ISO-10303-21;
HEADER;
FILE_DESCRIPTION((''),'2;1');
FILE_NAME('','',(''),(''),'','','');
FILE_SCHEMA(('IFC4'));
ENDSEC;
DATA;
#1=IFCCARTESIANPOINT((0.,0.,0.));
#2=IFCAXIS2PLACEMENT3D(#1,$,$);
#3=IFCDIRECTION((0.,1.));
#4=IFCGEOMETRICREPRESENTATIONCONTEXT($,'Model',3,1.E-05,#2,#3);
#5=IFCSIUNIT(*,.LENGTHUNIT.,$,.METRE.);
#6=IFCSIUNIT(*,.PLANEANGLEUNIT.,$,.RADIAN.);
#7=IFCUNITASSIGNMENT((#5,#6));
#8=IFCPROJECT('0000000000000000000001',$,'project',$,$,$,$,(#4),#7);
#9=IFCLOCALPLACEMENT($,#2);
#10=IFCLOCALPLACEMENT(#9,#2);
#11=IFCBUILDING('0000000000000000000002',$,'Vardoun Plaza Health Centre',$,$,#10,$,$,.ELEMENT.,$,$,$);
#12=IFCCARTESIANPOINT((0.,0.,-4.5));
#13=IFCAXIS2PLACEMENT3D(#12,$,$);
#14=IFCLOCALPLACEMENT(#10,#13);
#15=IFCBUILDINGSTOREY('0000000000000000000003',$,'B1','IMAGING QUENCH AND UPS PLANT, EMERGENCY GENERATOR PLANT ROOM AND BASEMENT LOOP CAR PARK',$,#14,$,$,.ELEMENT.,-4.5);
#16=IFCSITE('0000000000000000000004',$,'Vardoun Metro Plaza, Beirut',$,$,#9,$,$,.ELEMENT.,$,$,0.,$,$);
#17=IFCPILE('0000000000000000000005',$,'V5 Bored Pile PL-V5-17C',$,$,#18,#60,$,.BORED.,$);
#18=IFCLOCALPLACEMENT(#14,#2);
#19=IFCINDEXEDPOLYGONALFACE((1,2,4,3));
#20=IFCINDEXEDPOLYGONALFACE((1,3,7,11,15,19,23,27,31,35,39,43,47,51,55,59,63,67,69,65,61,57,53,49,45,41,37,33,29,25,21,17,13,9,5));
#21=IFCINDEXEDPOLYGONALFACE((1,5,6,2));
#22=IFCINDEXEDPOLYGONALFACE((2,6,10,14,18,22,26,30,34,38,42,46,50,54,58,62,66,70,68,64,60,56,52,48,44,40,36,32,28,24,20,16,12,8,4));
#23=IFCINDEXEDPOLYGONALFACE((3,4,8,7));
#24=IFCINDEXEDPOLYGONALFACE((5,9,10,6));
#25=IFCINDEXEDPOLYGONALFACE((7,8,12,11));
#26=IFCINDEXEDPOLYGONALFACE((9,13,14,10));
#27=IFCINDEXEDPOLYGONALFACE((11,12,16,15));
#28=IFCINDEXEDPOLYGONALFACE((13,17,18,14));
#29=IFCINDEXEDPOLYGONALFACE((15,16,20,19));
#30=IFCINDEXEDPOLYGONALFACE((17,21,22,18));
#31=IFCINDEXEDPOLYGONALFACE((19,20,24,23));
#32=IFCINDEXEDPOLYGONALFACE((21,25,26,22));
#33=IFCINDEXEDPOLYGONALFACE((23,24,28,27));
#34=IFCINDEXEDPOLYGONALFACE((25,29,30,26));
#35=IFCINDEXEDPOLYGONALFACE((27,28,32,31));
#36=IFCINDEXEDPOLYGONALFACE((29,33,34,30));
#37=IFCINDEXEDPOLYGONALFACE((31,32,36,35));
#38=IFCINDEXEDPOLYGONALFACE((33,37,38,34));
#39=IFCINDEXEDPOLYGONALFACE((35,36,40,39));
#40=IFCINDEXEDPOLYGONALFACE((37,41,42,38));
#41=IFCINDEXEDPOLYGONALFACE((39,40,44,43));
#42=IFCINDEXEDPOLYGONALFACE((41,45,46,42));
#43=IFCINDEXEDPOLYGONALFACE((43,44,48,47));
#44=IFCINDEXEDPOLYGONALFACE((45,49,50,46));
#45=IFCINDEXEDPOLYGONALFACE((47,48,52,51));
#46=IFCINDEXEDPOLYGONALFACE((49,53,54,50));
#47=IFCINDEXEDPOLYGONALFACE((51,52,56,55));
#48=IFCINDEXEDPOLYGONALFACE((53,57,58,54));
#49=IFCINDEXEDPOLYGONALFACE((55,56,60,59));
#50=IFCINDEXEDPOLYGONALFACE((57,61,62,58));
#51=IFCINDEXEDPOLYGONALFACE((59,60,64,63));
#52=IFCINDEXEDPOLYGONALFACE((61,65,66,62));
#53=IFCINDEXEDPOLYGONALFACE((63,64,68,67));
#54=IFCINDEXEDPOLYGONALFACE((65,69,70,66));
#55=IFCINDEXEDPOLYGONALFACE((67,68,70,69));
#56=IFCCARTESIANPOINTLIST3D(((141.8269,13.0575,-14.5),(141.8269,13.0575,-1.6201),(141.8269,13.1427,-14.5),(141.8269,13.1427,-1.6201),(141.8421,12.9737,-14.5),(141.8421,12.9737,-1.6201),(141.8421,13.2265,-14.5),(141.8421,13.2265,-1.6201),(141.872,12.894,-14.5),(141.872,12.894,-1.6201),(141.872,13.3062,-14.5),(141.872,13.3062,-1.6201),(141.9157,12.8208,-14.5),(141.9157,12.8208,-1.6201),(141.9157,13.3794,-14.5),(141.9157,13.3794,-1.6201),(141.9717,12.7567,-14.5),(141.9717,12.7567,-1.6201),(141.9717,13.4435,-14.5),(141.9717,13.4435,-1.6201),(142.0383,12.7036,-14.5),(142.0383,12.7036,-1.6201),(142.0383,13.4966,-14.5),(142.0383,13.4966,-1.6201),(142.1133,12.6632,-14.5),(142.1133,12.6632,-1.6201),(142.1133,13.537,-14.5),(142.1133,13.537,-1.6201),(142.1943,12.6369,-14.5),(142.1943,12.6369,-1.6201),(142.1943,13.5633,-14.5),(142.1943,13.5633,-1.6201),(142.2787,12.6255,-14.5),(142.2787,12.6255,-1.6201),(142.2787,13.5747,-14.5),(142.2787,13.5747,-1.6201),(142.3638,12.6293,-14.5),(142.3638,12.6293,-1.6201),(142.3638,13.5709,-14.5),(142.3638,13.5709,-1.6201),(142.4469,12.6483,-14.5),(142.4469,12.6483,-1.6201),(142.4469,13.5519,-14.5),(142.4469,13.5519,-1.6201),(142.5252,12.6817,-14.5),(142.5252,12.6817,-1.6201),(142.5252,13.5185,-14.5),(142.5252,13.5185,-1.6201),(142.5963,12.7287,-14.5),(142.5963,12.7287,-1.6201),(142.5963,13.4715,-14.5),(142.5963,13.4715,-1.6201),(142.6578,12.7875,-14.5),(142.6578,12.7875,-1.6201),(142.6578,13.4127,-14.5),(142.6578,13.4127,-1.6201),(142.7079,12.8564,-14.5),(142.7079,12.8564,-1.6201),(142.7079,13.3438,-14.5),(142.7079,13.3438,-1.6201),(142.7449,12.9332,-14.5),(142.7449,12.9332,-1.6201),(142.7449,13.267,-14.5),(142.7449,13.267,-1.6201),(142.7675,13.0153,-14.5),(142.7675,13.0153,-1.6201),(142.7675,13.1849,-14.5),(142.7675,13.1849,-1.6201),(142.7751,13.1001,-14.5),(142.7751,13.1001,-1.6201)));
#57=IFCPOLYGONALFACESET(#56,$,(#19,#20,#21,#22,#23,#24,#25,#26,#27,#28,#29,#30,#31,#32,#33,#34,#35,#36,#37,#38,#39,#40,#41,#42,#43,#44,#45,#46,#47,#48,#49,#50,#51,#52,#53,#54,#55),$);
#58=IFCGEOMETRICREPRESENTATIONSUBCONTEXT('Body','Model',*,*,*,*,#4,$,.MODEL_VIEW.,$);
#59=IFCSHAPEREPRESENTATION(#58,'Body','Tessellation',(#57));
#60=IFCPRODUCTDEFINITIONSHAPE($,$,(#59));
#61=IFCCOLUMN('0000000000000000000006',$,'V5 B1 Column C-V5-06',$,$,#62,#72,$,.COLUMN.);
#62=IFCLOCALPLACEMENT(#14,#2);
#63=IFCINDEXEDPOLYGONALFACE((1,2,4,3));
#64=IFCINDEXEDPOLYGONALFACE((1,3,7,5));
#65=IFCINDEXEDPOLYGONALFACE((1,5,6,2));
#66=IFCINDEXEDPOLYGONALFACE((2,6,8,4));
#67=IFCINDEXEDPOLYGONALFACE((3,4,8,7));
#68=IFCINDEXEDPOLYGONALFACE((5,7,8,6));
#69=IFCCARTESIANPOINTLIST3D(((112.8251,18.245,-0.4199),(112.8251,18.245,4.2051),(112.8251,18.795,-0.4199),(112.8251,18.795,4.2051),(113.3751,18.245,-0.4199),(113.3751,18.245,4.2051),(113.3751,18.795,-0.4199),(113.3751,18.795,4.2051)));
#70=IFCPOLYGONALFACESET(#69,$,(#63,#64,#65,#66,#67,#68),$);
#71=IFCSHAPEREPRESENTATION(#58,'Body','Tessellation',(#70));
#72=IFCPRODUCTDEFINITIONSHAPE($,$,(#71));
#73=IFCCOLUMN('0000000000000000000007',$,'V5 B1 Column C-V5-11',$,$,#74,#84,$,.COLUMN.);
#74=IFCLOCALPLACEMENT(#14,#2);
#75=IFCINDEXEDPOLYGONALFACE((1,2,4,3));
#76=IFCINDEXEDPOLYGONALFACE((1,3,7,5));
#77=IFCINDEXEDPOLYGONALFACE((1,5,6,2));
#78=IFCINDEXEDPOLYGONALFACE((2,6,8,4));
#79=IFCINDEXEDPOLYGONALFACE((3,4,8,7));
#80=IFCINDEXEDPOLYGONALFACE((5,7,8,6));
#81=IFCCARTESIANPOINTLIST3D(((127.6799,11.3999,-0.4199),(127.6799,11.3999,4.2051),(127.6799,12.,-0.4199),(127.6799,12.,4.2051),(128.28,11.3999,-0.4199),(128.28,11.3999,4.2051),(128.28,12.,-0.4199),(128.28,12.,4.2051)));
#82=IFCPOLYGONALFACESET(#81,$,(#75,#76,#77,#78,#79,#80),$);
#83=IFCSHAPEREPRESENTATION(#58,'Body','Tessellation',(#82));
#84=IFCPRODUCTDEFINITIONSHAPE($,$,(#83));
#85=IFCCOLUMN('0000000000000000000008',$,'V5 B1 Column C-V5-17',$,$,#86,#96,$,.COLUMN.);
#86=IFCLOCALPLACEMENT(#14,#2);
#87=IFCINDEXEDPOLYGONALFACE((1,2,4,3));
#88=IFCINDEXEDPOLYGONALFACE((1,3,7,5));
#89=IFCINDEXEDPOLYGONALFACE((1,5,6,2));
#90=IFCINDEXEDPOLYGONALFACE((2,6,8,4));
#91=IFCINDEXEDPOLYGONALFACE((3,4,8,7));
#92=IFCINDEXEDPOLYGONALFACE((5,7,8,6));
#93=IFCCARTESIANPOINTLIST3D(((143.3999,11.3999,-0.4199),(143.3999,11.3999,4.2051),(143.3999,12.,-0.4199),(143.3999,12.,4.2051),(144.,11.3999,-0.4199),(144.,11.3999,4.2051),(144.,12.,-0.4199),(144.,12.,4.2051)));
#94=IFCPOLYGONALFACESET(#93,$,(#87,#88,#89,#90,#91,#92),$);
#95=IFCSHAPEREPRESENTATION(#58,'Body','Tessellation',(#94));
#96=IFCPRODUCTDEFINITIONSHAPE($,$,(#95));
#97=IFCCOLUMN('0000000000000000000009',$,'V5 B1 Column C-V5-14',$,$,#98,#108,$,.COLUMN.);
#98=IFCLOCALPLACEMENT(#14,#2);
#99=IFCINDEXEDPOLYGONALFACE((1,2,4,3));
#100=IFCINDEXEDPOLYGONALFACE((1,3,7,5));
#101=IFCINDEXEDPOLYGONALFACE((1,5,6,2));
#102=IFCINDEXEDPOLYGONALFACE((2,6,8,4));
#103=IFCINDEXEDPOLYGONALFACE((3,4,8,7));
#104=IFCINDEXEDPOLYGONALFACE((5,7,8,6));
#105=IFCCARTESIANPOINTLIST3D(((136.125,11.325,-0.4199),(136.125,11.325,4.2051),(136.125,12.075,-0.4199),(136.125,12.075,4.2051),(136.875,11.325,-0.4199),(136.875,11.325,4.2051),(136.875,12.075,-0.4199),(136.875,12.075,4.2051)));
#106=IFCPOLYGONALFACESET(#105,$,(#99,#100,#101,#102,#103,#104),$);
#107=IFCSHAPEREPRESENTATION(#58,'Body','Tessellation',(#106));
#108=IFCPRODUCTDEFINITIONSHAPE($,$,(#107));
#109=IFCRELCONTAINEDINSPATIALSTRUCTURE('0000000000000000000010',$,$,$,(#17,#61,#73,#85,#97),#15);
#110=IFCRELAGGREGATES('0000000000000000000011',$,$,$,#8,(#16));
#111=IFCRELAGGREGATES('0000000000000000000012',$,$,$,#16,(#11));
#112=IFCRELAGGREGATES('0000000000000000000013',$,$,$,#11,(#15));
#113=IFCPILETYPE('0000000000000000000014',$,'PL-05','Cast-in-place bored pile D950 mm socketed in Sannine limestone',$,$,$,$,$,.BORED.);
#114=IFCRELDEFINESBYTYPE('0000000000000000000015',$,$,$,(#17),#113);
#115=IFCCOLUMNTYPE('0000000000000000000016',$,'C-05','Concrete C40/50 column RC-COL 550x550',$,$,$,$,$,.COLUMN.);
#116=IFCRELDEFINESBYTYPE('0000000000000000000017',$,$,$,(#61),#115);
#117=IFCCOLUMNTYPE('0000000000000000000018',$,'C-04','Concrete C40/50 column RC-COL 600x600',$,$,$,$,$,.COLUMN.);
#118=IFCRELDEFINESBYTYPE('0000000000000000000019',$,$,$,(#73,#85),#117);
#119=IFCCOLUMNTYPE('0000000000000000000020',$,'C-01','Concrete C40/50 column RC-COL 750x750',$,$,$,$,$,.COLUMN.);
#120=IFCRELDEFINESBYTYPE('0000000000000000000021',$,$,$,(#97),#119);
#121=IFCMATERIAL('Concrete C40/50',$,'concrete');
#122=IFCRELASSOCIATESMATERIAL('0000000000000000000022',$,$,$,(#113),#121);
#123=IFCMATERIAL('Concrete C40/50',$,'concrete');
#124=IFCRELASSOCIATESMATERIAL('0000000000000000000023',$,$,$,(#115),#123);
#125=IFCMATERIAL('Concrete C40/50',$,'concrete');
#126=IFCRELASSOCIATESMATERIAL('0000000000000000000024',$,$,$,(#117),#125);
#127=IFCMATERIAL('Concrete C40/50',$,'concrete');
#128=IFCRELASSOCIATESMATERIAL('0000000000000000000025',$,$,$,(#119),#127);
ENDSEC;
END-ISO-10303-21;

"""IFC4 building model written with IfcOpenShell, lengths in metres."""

from ifc_helpers import new_model, si_unit, direction, frame, origin, origin_2d, place, context, subcontext, project, spatial, rectangle, circle, extrude, material, material_profile, profile_set, type_object, element, save


model = new_model("IFC4")

# Units and contexts
model_context = context("Model", 3, precision=1e-05, world=origin(), true_north=direction((0.0, 1.0)))
body_context = subcontext(model_context, "Body", "Model", "MODEL_VIEW")
ifc_project = project(units=[si_unit("LENGTHUNIT", "METRE"), si_unit("PLANEANGLEUNIT", "RADIAN")], contexts=[model_context])

# Site, building, storey
site_placement = place(None, origin())
site = spatial("IfcSite", under=ifc_project, at=site_placement, Name="Vardoun Metro Plaza, Beirut", CompositionType="ELEMENT", RefElevation=0.0)
building_placement = place(site_placement, origin())
building = spatial("IfcBuilding", under=site, at=building_placement, Name="Vardoun Plaza Health Centre", CompositionType="ELEMENT")
storey_placement = place(building_placement, frame((0.0, 0.0, -4.5)))
storey = spatial("IfcBuildingStorey", under=building, at=storey_placement, Name="B1", Description="IMAGING QUENCH AND UPS PLANT, EMERGENCY GENERATOR PLANT ROOM AND BASEMENT LOOP CAR PARK", CompositionType="ELEMENT", Elevation=-4.5)

# Pile
ifc_material_1 = material(Name="Concrete C40/50", Category="concrete")
ifc_material_profile_1 = material_profile(ifc_material_1, circle(Radius=0.4751, at=origin_2d()), Name="PILE D950")
ifc_profile_set_1 = profile_set([ifc_material_profile_1], Name="Concrete C40/50")
pile_type_1 = type_object("IfcPileType", Name="PL-05", Description="Cast-in-place bored pile D950 mm socketed in Sannine limestone", PredefinedType="BORED", material=ifc_profile_set_1)
for number, where, z_axis, x_axis, name in (
    (1, (142.3, 13.1001, -1.6201), (0.0, 0.0, -1.0), (1.0, 0.0, 0.0), "V5 Bored Pile PL-V5-17C"),
):
    element("IfcPile", number, at=place(storey_placement, frame(where, z_axis=z_axis, x_axis=x_axis)), inside=storey, type_object=pile_type_1, Name=name, PredefinedType="BORED", context=body_context, shape_type="SweptSolid", body=[
        extrude(circle(Radius=0.4751, at=origin_2d()), origin(), (0.0, 0.0, 1.0), 12.8799),
    ])

# Columns
ifc_material_2 = material(Name="Concrete C40/50", Category="concrete")
ifc_material_profile_2 = material_profile(ifc_material_2, rectangle(XDim=0.55, YDim=0.55, at=origin_2d()), Name="RC-COL 550x550")
ifc_profile_set_2 = profile_set([ifc_material_profile_2], Name="Concrete C40/50")
column_type_1 = type_object("IfcColumnType", Name="C-05", Description="Concrete C40/50 column RC-COL 550x550", PredefinedType="COLUMN", material=ifc_profile_set_2)
column_1_placement = place(storey_placement, frame((113.1001, 18.52, -0.4199), z_axis=(0.0, 0.0, 1.0), x_axis=(1.0, 0.0, 0.0)))
element("IfcColumn", 2, at=column_1_placement, inside=storey, type_object=column_type_1, Name="V5 B1 Column C-V5-06", PredefinedType="COLUMN", context=body_context, shape_type="SweptSolid", body=[
    extrude(rectangle(XDim=0.55, YDim=0.55, at=origin_2d()), origin(), (0.0, 0.0, 1.0), 4.625),
])
ifc_material_3 = material(Name="Concrete C40/50", Category="concrete")
ifc_material_profile_3 = material_profile(ifc_material_3, rectangle(XDim=0.6001, YDim=0.6001, at=origin_2d()), Name="RC-COL 600x600")
ifc_profile_set_3 = profile_set([ifc_material_profile_3], Name="Concrete C40/50")
column_type_2 = type_object("IfcColumnType", Name="C-04", Description="Concrete C40/50 column RC-COL 600x600", PredefinedType="COLUMN", material=ifc_profile_set_3)
for number, where, z_axis, x_axis, name in (
    (3, (127.98, 11.7, -0.4199), (0.0, 0.0, 1.0), (1.0, 0.0, 0.0), "V5 B1 Column C-V5-11"),
    (4, (143.7, 11.7, -0.4199), (0.0, 0.0, 1.0), (1.0, 0.0, 0.0), "V5 B1 Column C-V5-17"),
):
    element("IfcColumn", number, at=place(storey_placement, frame(where, z_axis=z_axis, x_axis=x_axis)), inside=storey, type_object=column_type_2, Name=name, PredefinedType="COLUMN", context=body_context, shape_type="SweptSolid", body=[
        extrude(rectangle(XDim=0.6001, YDim=0.6001, at=origin_2d()), origin(), (0.0, 0.0, 1.0), 4.625),
    ])
ifc_material_4 = material(Name="Concrete C40/50", Category="concrete")
ifc_material_profile_4 = material_profile(ifc_material_4, rectangle(XDim=0.75, YDim=0.75, at=origin_2d()), Name="RC-COL 750x750")
ifc_profile_set_4 = profile_set([ifc_material_profile_4], Name="Concrete C40/50")
column_type_3 = type_object("IfcColumnType", Name="C-01", Description="Concrete C40/50 column RC-COL 750x750", PredefinedType="COLUMN", material=ifc_profile_set_4)
column_2_placement = place(storey_placement, frame((136.5, 11.7, -0.4199), z_axis=(0.0, 0.0, 1.0), x_axis=(1.0, 0.0, 0.0)))
element("IfcColumn", 5, at=column_2_placement, inside=storey, type_object=column_type_3, Name="V5 B1 Column C-V5-14", PredefinedType="COLUMN", context=body_context, shape_type="SweptSolid", body=[
    extrude(rectangle(XDim=0.75, YDim=0.75, at=origin_2d()), origin(), (0.0, 0.0, 1.0), 4.625),
])

save(model, "model.ifc")
